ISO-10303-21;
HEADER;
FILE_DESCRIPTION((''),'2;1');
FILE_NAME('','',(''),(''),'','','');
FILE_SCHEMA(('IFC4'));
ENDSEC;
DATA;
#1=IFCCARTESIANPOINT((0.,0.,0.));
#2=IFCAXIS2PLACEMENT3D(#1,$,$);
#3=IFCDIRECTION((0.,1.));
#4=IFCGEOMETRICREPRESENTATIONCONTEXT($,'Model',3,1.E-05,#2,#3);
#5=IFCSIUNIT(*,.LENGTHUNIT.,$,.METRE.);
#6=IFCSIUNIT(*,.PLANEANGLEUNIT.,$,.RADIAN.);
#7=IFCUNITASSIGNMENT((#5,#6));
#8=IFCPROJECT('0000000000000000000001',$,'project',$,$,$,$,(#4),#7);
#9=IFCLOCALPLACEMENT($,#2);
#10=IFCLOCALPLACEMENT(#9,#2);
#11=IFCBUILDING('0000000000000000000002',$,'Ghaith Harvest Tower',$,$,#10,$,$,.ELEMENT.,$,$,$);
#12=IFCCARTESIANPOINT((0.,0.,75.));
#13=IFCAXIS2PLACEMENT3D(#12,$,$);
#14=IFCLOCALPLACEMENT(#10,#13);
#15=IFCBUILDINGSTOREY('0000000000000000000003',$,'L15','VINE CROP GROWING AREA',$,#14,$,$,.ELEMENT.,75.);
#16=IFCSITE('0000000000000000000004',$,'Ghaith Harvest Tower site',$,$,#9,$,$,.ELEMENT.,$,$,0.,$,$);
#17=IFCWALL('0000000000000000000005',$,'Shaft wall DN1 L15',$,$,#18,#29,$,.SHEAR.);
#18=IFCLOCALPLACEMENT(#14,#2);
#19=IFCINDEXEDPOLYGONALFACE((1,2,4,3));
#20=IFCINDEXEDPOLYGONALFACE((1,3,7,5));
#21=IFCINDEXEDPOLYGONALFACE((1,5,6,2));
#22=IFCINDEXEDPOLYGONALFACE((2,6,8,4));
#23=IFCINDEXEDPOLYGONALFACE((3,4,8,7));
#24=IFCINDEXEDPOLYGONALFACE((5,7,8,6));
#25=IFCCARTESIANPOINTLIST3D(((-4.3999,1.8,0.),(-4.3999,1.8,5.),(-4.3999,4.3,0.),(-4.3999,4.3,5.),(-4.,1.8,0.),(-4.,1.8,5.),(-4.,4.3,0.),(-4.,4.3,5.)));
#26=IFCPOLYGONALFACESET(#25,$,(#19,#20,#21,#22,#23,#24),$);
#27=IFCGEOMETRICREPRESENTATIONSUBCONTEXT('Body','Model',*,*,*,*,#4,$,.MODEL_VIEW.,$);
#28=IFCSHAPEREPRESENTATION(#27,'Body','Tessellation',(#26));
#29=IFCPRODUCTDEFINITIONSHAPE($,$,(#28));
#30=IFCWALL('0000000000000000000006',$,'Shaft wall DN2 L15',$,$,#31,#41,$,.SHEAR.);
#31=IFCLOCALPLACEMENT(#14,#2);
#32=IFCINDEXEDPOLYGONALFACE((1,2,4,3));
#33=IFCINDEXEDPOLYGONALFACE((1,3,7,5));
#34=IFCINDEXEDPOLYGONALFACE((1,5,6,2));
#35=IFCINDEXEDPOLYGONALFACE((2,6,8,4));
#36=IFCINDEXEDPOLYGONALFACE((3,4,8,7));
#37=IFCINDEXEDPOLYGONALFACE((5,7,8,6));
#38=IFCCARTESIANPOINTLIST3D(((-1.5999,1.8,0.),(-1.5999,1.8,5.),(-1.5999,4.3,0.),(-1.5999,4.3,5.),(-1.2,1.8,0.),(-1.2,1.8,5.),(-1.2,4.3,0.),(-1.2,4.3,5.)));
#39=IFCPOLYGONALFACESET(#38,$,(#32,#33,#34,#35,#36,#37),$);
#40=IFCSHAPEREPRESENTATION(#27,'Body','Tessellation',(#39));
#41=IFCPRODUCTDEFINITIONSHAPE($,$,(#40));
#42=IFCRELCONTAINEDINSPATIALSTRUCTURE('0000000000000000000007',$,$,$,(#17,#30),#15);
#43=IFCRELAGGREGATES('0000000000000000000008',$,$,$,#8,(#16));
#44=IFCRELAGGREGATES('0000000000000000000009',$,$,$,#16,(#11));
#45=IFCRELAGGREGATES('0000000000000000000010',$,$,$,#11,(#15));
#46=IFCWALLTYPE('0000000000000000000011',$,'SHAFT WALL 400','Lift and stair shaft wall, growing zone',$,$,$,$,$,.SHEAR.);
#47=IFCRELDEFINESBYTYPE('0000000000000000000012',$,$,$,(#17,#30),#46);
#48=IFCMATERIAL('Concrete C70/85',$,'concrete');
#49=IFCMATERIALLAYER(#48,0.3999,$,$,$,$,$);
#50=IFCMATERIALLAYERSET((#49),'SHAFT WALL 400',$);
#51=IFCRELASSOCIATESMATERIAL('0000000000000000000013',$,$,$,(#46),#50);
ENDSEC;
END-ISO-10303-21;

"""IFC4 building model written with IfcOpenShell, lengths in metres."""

from ifc_helpers import new_model, si_unit, direction, frame, frame_2d, origin, place, context, subcontext, project, spatial, rectangle, extrude, material, layer, layer_set, type_object, element, save


model = new_model("IFC4")

# Units and contexts
model_context = context("Model", 3, precision=1e-05, world=origin(), true_north=direction((0.0, 1.0)))
body_context = subcontext(model_context, "Body", "Model", "MODEL_VIEW")
ifc_project = project(units=[si_unit("LENGTHUNIT", "METRE"), si_unit("PLANEANGLEUNIT", "RADIAN")], contexts=[model_context])

# Site, building, storey
site_placement = place(None, origin())
site = spatial("IfcSite", under=ifc_project, at=site_placement, Name="Ghaith Harvest Tower site", CompositionType="ELEMENT", RefElevation=0.0)
building_placement = place(site_placement, origin())
building = spatial("IfcBuilding", under=site, at=building_placement, Name="Ghaith Harvest Tower", CompositionType="ELEMENT")
storey_placement = place(building_placement, frame((0.0, 0.0, 75.0)))
storey = spatial("IfcBuildingStorey", under=building, at=storey_placement, Name="L15", Description="VINE CROP GROWING AREA", CompositionType="ELEMENT", Elevation=75.0)

# Walls
ifc_material_1 = material(Name="Concrete C70/85", Category="concrete")
ifc_layer_1 = layer(ifc_material_1, 0.3999)
ifc_layer_set_1 = layer_set([ifc_layer_1], Name="SHAFT WALL 400")
wall_type_1 = type_object("IfcWallType", Name="SHAFT WALL 400", Description="Lift and stair shaft wall, growing zone", PredefinedType="SHEAR", material=ifc_layer_set_1)
for number, where, z_axis, x_axis, name in (
    (1, (-4.2, 1.8, 0.0), (0.0, 0.0, 1.0), (0.0, 1.0, 0.0), "Shaft wall DN1 L15"),
    (2, (-1.3999, 1.8, 0.0), (0.0, 0.0, 1.0), (0.0, 1.0, 0.0), "Shaft wall DN2 L15"),
):
    element("IfcWall", number, at=place(storey_placement, frame(where, z_axis=z_axis, x_axis=x_axis)), inside=storey, type_object=wall_type_1, Name=name, PredefinedType="SHEAR", context=body_context, shape_type="SweptSolid", body=[
        extrude(rectangle(XDim=2.5, YDim=0.3999, at=frame_2d((1.25, 0.0))), origin(), (0.0, 0.0, 1.0), 5.0),
    ])

save(model, "model.ifc")
